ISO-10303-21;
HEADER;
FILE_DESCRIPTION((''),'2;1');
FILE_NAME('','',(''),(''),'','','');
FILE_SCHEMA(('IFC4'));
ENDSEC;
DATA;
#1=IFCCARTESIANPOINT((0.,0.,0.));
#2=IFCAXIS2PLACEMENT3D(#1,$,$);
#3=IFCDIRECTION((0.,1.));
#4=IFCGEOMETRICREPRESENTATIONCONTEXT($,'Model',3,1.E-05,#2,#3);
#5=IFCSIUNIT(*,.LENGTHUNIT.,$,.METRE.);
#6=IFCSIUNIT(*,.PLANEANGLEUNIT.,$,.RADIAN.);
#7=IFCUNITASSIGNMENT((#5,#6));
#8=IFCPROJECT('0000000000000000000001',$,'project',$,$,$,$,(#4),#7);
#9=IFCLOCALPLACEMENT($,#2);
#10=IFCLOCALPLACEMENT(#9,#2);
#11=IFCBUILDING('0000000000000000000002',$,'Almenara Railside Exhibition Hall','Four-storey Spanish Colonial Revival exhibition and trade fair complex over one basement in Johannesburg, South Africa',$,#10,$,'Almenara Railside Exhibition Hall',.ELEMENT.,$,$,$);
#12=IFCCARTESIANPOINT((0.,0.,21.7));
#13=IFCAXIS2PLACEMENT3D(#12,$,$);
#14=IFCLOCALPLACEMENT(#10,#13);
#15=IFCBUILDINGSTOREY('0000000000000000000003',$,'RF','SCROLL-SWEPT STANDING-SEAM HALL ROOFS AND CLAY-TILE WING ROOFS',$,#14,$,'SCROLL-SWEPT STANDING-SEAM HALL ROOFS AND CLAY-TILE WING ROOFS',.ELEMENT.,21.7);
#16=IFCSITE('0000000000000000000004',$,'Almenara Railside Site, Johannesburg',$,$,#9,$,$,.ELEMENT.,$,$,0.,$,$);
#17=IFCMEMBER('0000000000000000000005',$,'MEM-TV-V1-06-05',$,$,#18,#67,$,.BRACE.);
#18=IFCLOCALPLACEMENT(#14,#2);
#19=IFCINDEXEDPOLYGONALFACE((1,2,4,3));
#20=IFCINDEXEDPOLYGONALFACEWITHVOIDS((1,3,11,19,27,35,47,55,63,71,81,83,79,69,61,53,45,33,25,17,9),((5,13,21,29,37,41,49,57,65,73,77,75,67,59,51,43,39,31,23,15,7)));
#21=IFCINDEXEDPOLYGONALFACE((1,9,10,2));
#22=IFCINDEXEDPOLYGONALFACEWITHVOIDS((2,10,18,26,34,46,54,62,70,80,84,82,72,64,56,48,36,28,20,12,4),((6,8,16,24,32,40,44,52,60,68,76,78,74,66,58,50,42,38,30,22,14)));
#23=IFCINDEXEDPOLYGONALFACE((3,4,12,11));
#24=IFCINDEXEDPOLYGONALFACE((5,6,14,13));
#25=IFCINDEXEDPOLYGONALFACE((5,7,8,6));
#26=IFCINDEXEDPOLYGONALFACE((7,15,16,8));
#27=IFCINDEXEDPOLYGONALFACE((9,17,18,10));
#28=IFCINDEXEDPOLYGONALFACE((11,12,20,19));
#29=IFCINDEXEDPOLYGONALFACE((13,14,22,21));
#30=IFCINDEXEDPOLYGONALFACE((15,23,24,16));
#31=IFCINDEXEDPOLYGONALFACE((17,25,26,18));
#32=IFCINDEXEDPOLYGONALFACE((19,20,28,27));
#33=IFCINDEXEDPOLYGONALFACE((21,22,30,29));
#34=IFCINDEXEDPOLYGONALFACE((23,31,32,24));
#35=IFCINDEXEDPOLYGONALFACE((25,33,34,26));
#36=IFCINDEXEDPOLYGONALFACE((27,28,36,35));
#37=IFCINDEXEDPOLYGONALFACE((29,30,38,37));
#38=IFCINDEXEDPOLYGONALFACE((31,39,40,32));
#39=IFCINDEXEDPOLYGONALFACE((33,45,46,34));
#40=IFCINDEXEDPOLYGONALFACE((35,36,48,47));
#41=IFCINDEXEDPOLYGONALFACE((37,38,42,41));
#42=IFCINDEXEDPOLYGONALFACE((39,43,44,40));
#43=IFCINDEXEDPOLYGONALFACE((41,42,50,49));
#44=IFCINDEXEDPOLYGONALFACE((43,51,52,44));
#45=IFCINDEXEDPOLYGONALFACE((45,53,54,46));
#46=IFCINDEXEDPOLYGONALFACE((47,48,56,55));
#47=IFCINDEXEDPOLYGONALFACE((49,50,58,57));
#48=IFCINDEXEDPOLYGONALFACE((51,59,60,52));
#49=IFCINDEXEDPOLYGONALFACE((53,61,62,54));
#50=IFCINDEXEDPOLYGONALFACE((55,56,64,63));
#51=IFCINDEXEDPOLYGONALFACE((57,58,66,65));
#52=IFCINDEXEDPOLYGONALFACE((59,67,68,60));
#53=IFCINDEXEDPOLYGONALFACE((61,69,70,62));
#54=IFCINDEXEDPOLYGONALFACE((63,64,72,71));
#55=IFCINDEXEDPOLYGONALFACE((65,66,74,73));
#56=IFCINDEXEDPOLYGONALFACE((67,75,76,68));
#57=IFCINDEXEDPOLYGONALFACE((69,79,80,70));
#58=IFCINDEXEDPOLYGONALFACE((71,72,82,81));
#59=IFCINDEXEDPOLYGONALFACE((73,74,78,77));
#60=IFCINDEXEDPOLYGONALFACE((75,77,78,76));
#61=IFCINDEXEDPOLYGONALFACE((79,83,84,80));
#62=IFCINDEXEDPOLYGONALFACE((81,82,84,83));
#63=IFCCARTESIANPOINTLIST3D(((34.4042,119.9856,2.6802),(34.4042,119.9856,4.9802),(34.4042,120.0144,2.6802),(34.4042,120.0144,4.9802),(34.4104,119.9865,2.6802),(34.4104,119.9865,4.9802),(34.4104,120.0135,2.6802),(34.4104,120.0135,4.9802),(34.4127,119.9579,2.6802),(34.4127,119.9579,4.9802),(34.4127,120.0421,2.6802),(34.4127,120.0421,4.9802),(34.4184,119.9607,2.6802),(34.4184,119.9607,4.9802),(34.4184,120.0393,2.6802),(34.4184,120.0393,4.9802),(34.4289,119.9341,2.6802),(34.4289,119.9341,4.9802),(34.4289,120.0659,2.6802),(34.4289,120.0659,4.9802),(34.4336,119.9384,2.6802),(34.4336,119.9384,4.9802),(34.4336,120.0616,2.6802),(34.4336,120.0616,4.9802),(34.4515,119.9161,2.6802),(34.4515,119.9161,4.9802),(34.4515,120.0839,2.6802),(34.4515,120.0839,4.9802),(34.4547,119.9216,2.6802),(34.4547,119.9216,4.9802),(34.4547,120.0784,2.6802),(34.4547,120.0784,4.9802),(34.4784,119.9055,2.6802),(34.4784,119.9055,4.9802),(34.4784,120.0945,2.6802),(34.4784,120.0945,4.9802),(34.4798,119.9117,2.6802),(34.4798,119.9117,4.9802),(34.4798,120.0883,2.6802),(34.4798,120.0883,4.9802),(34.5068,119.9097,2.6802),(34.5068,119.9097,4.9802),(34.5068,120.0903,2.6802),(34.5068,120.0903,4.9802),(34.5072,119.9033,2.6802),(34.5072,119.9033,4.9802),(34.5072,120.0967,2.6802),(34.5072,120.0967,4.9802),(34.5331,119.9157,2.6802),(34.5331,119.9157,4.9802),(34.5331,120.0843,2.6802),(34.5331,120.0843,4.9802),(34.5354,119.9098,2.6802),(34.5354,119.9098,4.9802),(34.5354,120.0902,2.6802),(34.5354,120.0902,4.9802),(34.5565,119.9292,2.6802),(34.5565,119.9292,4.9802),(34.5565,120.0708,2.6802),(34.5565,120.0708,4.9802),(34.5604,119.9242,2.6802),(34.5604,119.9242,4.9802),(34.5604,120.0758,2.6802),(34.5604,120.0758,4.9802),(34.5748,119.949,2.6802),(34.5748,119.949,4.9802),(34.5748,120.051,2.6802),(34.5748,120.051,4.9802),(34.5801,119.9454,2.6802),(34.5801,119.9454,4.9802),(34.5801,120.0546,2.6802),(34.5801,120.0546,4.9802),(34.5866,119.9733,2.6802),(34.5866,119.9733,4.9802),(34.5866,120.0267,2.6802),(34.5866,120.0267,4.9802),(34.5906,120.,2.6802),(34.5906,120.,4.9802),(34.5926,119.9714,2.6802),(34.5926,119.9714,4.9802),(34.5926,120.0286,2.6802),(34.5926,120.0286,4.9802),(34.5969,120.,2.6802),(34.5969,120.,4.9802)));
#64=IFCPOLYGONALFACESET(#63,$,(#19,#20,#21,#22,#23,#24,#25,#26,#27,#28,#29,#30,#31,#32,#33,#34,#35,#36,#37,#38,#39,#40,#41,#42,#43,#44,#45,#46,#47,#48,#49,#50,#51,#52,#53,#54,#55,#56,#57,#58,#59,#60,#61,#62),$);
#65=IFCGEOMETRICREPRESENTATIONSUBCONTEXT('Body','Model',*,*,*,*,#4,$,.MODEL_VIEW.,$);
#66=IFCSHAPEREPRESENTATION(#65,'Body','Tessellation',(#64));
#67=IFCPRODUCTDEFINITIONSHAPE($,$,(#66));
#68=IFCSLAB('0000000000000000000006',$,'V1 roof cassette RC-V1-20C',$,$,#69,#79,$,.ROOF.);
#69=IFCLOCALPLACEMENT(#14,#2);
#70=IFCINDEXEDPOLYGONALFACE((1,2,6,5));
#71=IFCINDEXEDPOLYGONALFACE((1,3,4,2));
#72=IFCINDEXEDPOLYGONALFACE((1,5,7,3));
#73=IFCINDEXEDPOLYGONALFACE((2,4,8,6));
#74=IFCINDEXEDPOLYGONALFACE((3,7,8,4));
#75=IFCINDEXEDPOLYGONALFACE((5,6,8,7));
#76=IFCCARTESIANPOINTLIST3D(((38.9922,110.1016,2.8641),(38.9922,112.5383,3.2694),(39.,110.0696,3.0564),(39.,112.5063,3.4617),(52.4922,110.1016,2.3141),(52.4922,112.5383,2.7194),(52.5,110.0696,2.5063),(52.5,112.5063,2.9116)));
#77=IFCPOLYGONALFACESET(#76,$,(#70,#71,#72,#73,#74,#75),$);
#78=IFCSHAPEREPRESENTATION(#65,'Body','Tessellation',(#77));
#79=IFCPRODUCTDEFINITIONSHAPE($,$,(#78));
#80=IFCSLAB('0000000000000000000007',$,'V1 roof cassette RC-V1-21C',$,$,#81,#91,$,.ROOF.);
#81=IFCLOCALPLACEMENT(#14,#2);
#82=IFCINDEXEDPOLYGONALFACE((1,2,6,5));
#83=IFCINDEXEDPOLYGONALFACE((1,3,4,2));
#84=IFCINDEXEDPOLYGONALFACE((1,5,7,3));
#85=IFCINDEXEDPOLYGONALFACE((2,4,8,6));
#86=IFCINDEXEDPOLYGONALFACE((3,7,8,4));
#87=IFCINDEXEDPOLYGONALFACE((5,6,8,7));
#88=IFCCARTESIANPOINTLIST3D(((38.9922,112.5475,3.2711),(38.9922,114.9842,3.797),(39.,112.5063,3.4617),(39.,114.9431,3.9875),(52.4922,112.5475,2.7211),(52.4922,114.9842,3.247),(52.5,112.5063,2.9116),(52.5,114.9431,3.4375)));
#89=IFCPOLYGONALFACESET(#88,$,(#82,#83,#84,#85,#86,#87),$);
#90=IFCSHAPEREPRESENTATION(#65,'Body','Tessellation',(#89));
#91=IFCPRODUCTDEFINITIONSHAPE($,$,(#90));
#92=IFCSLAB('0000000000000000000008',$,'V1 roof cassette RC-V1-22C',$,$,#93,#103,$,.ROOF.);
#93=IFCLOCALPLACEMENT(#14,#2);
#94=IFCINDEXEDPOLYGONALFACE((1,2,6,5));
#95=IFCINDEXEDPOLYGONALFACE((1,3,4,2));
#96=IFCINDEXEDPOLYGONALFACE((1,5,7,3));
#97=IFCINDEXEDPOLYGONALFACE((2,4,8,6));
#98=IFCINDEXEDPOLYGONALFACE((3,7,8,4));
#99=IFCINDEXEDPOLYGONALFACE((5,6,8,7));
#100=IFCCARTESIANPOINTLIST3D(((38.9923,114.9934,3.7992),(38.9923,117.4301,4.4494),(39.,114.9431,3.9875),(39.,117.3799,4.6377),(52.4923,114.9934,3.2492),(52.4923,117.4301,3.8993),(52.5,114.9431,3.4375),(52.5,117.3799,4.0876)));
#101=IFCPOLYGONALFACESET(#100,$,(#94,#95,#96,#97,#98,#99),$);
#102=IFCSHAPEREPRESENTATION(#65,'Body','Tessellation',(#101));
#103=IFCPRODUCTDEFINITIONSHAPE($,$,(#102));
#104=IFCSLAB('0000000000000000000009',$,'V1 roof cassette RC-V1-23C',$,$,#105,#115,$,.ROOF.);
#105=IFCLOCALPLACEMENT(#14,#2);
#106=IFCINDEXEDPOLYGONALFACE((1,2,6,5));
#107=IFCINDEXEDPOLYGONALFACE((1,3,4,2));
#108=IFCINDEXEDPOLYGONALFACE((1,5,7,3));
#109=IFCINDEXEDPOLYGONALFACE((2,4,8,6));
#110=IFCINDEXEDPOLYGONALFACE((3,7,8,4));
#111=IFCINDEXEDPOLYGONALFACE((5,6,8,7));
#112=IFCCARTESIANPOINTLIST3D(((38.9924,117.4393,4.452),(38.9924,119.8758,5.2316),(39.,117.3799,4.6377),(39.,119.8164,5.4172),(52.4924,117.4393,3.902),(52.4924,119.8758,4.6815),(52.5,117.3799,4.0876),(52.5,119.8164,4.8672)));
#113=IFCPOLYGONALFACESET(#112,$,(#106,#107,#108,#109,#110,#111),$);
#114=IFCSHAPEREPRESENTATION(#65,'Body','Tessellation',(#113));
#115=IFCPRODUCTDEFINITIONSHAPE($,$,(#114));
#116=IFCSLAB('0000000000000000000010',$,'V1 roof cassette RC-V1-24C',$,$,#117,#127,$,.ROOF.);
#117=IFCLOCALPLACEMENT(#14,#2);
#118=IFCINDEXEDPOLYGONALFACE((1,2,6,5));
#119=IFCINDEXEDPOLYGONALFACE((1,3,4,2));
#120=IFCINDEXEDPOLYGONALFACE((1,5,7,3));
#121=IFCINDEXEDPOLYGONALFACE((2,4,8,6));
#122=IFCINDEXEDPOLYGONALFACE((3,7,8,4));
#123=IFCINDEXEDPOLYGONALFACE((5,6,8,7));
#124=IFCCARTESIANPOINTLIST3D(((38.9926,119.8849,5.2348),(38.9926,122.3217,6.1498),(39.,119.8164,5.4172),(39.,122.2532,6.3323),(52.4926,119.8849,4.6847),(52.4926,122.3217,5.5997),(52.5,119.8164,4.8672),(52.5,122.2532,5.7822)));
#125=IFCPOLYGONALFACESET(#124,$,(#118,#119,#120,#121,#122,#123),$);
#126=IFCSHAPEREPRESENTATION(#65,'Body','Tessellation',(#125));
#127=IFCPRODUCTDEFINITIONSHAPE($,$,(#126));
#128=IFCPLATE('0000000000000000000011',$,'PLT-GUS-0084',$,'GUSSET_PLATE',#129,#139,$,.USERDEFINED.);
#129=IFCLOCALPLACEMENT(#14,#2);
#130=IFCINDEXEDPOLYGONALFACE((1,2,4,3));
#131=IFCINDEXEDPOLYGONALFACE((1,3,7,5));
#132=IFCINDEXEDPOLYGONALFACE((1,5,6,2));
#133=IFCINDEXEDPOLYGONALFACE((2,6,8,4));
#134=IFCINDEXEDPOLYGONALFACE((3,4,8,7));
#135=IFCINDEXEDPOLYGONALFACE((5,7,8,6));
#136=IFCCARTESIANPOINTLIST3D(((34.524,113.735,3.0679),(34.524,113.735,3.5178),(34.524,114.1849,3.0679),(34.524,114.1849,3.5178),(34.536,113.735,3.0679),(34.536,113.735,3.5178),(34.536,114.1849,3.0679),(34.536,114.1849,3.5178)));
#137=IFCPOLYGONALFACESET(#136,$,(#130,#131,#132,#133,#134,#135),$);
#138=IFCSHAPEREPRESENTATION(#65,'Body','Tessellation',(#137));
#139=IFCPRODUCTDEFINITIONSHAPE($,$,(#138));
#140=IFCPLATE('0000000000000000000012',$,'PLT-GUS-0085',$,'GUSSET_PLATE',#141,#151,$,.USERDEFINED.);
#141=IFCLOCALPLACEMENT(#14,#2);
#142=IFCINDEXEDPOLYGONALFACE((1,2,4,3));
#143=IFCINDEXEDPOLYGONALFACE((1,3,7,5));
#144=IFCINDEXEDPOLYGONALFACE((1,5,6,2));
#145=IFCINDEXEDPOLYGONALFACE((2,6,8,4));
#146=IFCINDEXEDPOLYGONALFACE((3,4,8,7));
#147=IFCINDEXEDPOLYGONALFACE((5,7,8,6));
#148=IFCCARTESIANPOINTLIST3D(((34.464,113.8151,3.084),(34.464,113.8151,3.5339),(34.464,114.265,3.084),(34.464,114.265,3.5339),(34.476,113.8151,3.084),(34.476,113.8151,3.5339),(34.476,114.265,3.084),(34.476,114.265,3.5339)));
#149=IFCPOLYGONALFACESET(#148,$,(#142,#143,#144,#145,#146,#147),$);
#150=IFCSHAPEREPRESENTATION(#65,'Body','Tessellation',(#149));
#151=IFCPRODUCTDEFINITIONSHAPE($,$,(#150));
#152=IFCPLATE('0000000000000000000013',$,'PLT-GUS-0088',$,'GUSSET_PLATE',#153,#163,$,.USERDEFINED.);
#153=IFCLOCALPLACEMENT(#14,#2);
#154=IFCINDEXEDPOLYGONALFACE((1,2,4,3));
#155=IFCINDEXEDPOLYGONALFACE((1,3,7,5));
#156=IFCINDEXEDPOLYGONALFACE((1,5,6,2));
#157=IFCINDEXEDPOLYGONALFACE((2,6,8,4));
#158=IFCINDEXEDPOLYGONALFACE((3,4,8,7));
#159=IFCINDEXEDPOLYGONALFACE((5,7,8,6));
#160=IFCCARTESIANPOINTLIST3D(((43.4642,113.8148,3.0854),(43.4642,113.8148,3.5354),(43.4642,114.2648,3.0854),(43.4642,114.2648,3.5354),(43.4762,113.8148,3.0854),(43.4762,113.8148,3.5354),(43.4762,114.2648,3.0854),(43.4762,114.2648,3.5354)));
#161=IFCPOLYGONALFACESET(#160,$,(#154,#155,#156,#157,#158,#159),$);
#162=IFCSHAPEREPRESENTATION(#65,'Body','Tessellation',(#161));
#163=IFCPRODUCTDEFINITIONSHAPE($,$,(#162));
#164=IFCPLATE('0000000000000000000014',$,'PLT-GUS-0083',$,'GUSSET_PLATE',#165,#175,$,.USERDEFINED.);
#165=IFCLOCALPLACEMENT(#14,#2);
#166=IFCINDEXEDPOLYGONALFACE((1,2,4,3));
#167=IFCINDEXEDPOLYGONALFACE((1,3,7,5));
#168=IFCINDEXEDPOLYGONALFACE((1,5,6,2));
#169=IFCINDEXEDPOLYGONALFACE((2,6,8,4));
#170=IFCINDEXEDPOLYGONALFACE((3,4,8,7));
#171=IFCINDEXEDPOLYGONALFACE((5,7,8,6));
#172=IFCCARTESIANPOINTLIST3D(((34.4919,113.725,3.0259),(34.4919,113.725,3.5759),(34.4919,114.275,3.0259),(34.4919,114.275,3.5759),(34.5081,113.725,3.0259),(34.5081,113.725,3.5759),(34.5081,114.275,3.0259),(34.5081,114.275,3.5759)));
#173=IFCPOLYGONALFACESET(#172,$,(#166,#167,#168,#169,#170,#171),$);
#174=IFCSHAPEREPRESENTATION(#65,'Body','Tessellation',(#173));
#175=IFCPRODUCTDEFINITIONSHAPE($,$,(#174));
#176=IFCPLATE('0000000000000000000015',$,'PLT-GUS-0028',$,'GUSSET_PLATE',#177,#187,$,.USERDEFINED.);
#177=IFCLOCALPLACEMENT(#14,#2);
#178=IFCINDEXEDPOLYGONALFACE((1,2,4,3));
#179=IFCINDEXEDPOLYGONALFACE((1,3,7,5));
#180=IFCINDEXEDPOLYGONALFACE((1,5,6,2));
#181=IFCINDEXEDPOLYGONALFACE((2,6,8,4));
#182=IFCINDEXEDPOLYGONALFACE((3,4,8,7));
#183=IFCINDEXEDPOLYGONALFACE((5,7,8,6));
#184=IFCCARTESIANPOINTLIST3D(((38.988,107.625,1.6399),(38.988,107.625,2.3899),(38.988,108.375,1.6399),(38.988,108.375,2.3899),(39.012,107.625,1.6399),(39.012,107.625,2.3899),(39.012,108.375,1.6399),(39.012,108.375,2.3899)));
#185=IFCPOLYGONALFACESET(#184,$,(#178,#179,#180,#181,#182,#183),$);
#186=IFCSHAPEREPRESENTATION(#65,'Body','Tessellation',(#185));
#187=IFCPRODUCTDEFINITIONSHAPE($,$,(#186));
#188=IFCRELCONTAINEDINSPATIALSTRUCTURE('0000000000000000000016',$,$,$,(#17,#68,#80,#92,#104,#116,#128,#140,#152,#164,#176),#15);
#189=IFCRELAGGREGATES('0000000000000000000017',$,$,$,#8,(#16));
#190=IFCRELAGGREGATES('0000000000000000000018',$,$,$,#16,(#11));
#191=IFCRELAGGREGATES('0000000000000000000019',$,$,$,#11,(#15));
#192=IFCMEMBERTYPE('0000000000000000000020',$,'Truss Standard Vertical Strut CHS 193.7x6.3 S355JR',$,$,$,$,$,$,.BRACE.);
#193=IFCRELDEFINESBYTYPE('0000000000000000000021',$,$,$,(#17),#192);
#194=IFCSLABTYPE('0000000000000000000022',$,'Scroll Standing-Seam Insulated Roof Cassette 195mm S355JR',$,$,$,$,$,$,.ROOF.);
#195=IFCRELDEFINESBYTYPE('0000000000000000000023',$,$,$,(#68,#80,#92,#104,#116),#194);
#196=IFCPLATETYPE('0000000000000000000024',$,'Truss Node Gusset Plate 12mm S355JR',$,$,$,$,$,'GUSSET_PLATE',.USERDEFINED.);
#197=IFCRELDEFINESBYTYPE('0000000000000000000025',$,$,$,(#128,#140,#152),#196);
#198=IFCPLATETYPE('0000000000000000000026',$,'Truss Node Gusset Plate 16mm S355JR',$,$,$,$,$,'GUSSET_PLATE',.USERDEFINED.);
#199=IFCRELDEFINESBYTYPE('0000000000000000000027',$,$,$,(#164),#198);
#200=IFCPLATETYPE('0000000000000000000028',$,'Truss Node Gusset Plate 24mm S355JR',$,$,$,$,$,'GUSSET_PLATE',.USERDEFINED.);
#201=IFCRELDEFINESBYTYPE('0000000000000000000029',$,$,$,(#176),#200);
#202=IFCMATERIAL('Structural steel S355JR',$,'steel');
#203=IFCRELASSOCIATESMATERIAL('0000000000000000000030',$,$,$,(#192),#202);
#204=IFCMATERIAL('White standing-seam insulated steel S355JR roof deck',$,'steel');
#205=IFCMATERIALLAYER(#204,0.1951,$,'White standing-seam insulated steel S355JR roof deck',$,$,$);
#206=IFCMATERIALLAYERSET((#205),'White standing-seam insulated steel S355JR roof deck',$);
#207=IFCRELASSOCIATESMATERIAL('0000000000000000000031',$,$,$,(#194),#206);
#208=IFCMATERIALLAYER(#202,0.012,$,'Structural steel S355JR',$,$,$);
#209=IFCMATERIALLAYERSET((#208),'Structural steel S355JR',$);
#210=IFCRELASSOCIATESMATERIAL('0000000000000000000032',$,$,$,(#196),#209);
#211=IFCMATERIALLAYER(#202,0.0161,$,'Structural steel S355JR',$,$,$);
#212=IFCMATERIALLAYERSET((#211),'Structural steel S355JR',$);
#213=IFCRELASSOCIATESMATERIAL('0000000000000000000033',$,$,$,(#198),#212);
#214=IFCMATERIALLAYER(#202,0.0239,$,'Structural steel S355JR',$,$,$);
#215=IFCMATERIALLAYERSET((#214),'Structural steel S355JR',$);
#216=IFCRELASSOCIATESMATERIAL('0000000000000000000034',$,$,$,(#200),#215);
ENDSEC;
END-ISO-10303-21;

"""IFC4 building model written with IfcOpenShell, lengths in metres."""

from ifc_helpers import new_model, si_unit, direction, frame, origin, origin_2d, place, context, subcontext, project, spatial, polyline, rectangle, hollow_circle, outline, extrude, material, layer, layer_set, material_profile, profile_set, type_object, element, save


model = new_model("IFC4")

# Units and contexts
model_context = context("Model", 3, precision=1e-05, world=origin(), true_north=direction((0.0, 1.0)))
body_context = subcontext(model_context, "Body", "Model", "MODEL_VIEW")
ifc_project = project(units=[si_unit("LENGTHUNIT", "METRE"), si_unit("PLANEANGLEUNIT", "RADIAN")], contexts=[model_context])

# Site, building, storey
site_placement = place(None, origin())
site = spatial("IfcSite", under=ifc_project, at=site_placement, Name="Almenara Railside Site, Johannesburg", CompositionType="ELEMENT", RefElevation=0.0)
building_placement = place(site_placement, origin())
building = spatial("IfcBuilding", under=site, at=building_placement, Name="Almenara Railside Exhibition Hall", Description="Four-storey Spanish Colonial Revival exhibition and trade fair complex over one basement in Johannesburg, South Africa", LongName="Almenara Railside Exhibition Hall", CompositionType="ELEMENT")
storey_placement = place(building_placement, frame((0.0, 0.0, 21.7)))
storey = spatial("IfcBuildingStorey", under=building, at=storey_placement, Name="RF", Description="SCROLL-SWEPT STANDING-SEAM HALL ROOFS AND CLAY-TILE WING ROOFS", LongName="SCROLL-SWEPT STANDING-SEAM HALL ROOFS AND CLAY-TILE WING ROOFS", CompositionType="ELEMENT", Elevation=21.7)

# Member
ifc_material_1 = material(Name="Structural steel S355JR", Category="steel")
ifc_material_profile_1 = material_profile(ifc_material_1, hollow_circle(Radius=0.0969, WallThickness=0.0063, at=origin_2d()), Name="CHS 193.7x6.3")
ifc_profile_set_1 = profile_set([ifc_material_profile_1], Name="Structural steel S355JR")
member_type_1 = type_object("IfcMemberType", Name="Truss Standard Vertical Strut CHS 193.7x6.3 S355JR", PredefinedType="BRACE", material=ifc_profile_set_1)
for number, where, z_axis, x_axis, name in (
    (1, (34.5, 120.0, 2.6802), (0.0, 0.0, 1.0), (1.0, 0.0, 0.0), "MEM-TV-V1-06-05"),
):
    element("IfcMember", number, at=place(storey_placement, frame(where, z_axis=z_axis, x_axis=x_axis)), inside=storey, type_object=member_type_1, Name=name, PredefinedType="BRACE", context=body_context, shape_type="SweptSolid", body=[
        extrude(hollow_circle(Radius=0.0969, WallThickness=0.0063, at=origin_2d()), origin(), (0.0, 0.0, 1.0), 2.3),
    ])

# Slabs
ifc_material_2 = material(Name="White standing-seam insulated steel S355JR roof deck", Category="steel")
ifc_layer_1 = layer(ifc_material_2, 0.1951, Name="White standing-seam insulated steel S355JR roof deck")
ifc_layer_set_1 = layer_set([ifc_layer_1], Name="White standing-seam insulated steel S355JR roof deck")
slab_type = type_object("IfcSlabType", Name="Scroll Standing-Seam Insulated Roof Cassette 195mm S355JR", PredefinedType="ROOF", material=ifc_layer_set_1)
slab_1_placement = place(storey_placement, frame((39.0, 110.0696, 3.0564), z_axis=(0.04016, -0.16393, 0.985654), x_axis=(0.999171, 0.0, -0.040711)))
element("IfcSlab", 2, at=slab_1_placement, inside=storey, type_object=slab_type, Name="V1 roof cassette RC-V1-20C", PredefinedType="ROOF", context=body_context, shape_type="SweptSolid", body=[
    extrude(outline(polyline([(0.0, 0.0), (13.5112, 0.0), (13.4947, 2.4702), (-0.0165, 2.4702), (0.0, 0.0)])), origin(), (0.0, 0.0, -1.0), 0.1951),
])
slab_2_placement = place(storey_placement, frame((39.0, 112.5063, 3.4617), z_axis=(0.039796, -0.210786, 0.976722), x_axis=(0.999171, 0.0, -0.040711)))
element("IfcSlab", 3, at=slab_2_placement, inside=storey, type_object=slab_type, Name="V1 roof cassette RC-V1-21C", PredefinedType="ROOF", context=body_context, shape_type="SweptSolid", body=[
    extrude(outline(polyline([(0.0, 0.0), (13.5112, 0.0), (13.4898, 2.4928), (-0.0214, 2.4928), (0.0, 0.0)])), origin(), (0.0, 0.0, -1.0), 0.1951),
])
slab_3_placement = place(storey_placement, frame((39.0, 114.9431, 3.9875), z_axis=(0.039337, -0.25759, 0.965453), x_axis=(0.999171, 0.0, -0.040711)))
element("IfcSlab", 4, at=slab_3_placement, inside=storey, type_object=slab_type, Name="V1 roof cassette RC-V1-22C", PredefinedType="ROOF", context=body_context, shape_type="SweptSolid", body=[
    extrude(outline(polyline([(0.0, 0.0), (13.5112, 0.0), (13.4847, 2.5219), (-0.0265, 2.5219), (0.0, 0.0)])), origin(), (0.0, 0.0, -1.0), 0.1951),
])
slab_4_placement = place(storey_placement, frame((39.0, 117.3799, 4.6377), z_axis=(0.038777, -0.304495, 0.951724), x_axis=(0.999171, 0.0, -0.040711)))
element("IfcSlab", 5, at=slab_4_placement, inside=storey, type_object=slab_type, Name="V1 roof cassette RC-V1-23C", PredefinedType="ROOF", context=body_context, shape_type="SweptSolid", body=[
    extrude(outline(polyline([(0.0, 0.0), (13.5112, 0.0), (13.4795, 2.558), (-0.0317, 2.558), (0.0, 0.0)])), origin(), (0.0, 0.0, -1.0), 0.1951),
])
slab_5_placement = place(storey_placement, frame((39.0, 119.8164, 5.4172), z_axis=(0.038116, -0.351289, 0.935491), x_axis=(0.999171, 0.0, -0.040711)))
element("IfcSlab", 6, at=slab_5_placement, inside=storey, type_object=slab_type, Name="V1 roof cassette RC-V1-24C", PredefinedType="ROOF", context=body_context, shape_type="SweptSolid", body=[
    extrude(outline(polyline([(0.0, 0.0), (13.5112, 0.0), (13.4739, 2.6026), (-0.0373, 2.6026), (0.0, 0.0)])), origin(), (0.0, 0.0, -1.0), 0.1951),
])

# Plates
ifc_layer_2 = layer(ifc_material_1, 0.012, Name="Structural steel S355JR")
ifc_layer_set_2 = layer_set([ifc_layer_2], Name="Structural steel S355JR")
plate_type_1 = type_object("IfcPlateType", Name="Truss Node Gusset Plate 12mm S355JR", ElementType="GUSSET_PLATE", PredefinedType="USERDEFINED", material=ifc_layer_set_2)
for number, where, z_axis, x_axis, name in (
    (7, (34.53, 113.96, 3.0679), (0.0, 0.0, 1.0), (0.0, 1.0, 0.0), "PLT-GUS-0084"),
    (8, (34.47, 114.04, 3.084), (0.0, 0.0, 1.0), (0.0, 1.0, 0.0), "PLT-GUS-0085"),
    (9, (43.4702, 114.0398, 3.0854), (0.0, 0.0, 1.0), (0.0, 1.0, 0.0), "PLT-GUS-0088"),
):
    element("IfcPlate", number, at=place(storey_placement, frame(where, z_axis=z_axis, x_axis=x_axis)), inside=storey, type_object=plate_type_1, Name=name, ObjectType="GUSSET_PLATE", PredefinedType="USERDEFINED", context=body_context, shape_type="SweptSolid", body=[
        extrude(rectangle(XDim=0.45, YDim=0.012, at=origin_2d()), origin(), (0.0, 0.0, 1.0), 0.45),
    ])
ifc_layer_3 = layer(ifc_material_1, 0.0161, Name="Structural steel S355JR")
ifc_layer_set_3 = layer_set([ifc_layer_3], Name="Structural steel S355JR")
plate_type_2 = type_object("IfcPlateType", Name="Truss Node Gusset Plate 16mm S355JR", ElementType="GUSSET_PLATE", PredefinedType="USERDEFINED", material=ifc_layer_set_3)
plate_1_placement = place(storey_placement, frame((34.5, 114.0, 3.0259), z_axis=(0.0, 0.0, 1.0), x_axis=(0.0, 1.0, 0.0)))
element("IfcPlate", 10, at=plate_1_placement, inside=storey, type_object=plate_type_2, Name="PLT-GUS-0083", ObjectType="GUSSET_PLATE", PredefinedType="USERDEFINED", context=body_context, shape_type="SweptSolid", body=[
    extrude(rectangle(XDim=0.55, YDim=0.0161, at=origin_2d()), origin(), (0.0, 0.0, 1.0), 0.55),
])
ifc_layer_4 = layer(ifc_material_1, 0.0239, Name="Structural steel S355JR")
ifc_layer_set_4 = layer_set([ifc_layer_4], Name="Structural steel S355JR")
plate_type_3 = type_object("IfcPlateType", Name="Truss Node Gusset Plate 24mm S355JR", ElementType="GUSSET_PLATE", PredefinedType="USERDEFINED", material=ifc_layer_set_4)
plate_2_placement = place(storey_placement, frame((39.0, 108.0, 1.6399), z_axis=(0.0, 0.0, 1.0), x_axis=(0.0, 1.0, 0.0)))
element("IfcPlate", 11, at=plate_2_placement, inside=storey, type_object=plate_type_3, Name="PLT-GUS-0028", ObjectType="GUSSET_PLATE", PredefinedType="USERDEFINED", context=body_context, shape_type="SweptSolid", body=[
    extrude(rectangle(XDim=0.75, YDim=0.0239, at=origin_2d()), origin(), (0.0, 0.0, 1.0), 0.75),
])

save(model, "model.ifc")
